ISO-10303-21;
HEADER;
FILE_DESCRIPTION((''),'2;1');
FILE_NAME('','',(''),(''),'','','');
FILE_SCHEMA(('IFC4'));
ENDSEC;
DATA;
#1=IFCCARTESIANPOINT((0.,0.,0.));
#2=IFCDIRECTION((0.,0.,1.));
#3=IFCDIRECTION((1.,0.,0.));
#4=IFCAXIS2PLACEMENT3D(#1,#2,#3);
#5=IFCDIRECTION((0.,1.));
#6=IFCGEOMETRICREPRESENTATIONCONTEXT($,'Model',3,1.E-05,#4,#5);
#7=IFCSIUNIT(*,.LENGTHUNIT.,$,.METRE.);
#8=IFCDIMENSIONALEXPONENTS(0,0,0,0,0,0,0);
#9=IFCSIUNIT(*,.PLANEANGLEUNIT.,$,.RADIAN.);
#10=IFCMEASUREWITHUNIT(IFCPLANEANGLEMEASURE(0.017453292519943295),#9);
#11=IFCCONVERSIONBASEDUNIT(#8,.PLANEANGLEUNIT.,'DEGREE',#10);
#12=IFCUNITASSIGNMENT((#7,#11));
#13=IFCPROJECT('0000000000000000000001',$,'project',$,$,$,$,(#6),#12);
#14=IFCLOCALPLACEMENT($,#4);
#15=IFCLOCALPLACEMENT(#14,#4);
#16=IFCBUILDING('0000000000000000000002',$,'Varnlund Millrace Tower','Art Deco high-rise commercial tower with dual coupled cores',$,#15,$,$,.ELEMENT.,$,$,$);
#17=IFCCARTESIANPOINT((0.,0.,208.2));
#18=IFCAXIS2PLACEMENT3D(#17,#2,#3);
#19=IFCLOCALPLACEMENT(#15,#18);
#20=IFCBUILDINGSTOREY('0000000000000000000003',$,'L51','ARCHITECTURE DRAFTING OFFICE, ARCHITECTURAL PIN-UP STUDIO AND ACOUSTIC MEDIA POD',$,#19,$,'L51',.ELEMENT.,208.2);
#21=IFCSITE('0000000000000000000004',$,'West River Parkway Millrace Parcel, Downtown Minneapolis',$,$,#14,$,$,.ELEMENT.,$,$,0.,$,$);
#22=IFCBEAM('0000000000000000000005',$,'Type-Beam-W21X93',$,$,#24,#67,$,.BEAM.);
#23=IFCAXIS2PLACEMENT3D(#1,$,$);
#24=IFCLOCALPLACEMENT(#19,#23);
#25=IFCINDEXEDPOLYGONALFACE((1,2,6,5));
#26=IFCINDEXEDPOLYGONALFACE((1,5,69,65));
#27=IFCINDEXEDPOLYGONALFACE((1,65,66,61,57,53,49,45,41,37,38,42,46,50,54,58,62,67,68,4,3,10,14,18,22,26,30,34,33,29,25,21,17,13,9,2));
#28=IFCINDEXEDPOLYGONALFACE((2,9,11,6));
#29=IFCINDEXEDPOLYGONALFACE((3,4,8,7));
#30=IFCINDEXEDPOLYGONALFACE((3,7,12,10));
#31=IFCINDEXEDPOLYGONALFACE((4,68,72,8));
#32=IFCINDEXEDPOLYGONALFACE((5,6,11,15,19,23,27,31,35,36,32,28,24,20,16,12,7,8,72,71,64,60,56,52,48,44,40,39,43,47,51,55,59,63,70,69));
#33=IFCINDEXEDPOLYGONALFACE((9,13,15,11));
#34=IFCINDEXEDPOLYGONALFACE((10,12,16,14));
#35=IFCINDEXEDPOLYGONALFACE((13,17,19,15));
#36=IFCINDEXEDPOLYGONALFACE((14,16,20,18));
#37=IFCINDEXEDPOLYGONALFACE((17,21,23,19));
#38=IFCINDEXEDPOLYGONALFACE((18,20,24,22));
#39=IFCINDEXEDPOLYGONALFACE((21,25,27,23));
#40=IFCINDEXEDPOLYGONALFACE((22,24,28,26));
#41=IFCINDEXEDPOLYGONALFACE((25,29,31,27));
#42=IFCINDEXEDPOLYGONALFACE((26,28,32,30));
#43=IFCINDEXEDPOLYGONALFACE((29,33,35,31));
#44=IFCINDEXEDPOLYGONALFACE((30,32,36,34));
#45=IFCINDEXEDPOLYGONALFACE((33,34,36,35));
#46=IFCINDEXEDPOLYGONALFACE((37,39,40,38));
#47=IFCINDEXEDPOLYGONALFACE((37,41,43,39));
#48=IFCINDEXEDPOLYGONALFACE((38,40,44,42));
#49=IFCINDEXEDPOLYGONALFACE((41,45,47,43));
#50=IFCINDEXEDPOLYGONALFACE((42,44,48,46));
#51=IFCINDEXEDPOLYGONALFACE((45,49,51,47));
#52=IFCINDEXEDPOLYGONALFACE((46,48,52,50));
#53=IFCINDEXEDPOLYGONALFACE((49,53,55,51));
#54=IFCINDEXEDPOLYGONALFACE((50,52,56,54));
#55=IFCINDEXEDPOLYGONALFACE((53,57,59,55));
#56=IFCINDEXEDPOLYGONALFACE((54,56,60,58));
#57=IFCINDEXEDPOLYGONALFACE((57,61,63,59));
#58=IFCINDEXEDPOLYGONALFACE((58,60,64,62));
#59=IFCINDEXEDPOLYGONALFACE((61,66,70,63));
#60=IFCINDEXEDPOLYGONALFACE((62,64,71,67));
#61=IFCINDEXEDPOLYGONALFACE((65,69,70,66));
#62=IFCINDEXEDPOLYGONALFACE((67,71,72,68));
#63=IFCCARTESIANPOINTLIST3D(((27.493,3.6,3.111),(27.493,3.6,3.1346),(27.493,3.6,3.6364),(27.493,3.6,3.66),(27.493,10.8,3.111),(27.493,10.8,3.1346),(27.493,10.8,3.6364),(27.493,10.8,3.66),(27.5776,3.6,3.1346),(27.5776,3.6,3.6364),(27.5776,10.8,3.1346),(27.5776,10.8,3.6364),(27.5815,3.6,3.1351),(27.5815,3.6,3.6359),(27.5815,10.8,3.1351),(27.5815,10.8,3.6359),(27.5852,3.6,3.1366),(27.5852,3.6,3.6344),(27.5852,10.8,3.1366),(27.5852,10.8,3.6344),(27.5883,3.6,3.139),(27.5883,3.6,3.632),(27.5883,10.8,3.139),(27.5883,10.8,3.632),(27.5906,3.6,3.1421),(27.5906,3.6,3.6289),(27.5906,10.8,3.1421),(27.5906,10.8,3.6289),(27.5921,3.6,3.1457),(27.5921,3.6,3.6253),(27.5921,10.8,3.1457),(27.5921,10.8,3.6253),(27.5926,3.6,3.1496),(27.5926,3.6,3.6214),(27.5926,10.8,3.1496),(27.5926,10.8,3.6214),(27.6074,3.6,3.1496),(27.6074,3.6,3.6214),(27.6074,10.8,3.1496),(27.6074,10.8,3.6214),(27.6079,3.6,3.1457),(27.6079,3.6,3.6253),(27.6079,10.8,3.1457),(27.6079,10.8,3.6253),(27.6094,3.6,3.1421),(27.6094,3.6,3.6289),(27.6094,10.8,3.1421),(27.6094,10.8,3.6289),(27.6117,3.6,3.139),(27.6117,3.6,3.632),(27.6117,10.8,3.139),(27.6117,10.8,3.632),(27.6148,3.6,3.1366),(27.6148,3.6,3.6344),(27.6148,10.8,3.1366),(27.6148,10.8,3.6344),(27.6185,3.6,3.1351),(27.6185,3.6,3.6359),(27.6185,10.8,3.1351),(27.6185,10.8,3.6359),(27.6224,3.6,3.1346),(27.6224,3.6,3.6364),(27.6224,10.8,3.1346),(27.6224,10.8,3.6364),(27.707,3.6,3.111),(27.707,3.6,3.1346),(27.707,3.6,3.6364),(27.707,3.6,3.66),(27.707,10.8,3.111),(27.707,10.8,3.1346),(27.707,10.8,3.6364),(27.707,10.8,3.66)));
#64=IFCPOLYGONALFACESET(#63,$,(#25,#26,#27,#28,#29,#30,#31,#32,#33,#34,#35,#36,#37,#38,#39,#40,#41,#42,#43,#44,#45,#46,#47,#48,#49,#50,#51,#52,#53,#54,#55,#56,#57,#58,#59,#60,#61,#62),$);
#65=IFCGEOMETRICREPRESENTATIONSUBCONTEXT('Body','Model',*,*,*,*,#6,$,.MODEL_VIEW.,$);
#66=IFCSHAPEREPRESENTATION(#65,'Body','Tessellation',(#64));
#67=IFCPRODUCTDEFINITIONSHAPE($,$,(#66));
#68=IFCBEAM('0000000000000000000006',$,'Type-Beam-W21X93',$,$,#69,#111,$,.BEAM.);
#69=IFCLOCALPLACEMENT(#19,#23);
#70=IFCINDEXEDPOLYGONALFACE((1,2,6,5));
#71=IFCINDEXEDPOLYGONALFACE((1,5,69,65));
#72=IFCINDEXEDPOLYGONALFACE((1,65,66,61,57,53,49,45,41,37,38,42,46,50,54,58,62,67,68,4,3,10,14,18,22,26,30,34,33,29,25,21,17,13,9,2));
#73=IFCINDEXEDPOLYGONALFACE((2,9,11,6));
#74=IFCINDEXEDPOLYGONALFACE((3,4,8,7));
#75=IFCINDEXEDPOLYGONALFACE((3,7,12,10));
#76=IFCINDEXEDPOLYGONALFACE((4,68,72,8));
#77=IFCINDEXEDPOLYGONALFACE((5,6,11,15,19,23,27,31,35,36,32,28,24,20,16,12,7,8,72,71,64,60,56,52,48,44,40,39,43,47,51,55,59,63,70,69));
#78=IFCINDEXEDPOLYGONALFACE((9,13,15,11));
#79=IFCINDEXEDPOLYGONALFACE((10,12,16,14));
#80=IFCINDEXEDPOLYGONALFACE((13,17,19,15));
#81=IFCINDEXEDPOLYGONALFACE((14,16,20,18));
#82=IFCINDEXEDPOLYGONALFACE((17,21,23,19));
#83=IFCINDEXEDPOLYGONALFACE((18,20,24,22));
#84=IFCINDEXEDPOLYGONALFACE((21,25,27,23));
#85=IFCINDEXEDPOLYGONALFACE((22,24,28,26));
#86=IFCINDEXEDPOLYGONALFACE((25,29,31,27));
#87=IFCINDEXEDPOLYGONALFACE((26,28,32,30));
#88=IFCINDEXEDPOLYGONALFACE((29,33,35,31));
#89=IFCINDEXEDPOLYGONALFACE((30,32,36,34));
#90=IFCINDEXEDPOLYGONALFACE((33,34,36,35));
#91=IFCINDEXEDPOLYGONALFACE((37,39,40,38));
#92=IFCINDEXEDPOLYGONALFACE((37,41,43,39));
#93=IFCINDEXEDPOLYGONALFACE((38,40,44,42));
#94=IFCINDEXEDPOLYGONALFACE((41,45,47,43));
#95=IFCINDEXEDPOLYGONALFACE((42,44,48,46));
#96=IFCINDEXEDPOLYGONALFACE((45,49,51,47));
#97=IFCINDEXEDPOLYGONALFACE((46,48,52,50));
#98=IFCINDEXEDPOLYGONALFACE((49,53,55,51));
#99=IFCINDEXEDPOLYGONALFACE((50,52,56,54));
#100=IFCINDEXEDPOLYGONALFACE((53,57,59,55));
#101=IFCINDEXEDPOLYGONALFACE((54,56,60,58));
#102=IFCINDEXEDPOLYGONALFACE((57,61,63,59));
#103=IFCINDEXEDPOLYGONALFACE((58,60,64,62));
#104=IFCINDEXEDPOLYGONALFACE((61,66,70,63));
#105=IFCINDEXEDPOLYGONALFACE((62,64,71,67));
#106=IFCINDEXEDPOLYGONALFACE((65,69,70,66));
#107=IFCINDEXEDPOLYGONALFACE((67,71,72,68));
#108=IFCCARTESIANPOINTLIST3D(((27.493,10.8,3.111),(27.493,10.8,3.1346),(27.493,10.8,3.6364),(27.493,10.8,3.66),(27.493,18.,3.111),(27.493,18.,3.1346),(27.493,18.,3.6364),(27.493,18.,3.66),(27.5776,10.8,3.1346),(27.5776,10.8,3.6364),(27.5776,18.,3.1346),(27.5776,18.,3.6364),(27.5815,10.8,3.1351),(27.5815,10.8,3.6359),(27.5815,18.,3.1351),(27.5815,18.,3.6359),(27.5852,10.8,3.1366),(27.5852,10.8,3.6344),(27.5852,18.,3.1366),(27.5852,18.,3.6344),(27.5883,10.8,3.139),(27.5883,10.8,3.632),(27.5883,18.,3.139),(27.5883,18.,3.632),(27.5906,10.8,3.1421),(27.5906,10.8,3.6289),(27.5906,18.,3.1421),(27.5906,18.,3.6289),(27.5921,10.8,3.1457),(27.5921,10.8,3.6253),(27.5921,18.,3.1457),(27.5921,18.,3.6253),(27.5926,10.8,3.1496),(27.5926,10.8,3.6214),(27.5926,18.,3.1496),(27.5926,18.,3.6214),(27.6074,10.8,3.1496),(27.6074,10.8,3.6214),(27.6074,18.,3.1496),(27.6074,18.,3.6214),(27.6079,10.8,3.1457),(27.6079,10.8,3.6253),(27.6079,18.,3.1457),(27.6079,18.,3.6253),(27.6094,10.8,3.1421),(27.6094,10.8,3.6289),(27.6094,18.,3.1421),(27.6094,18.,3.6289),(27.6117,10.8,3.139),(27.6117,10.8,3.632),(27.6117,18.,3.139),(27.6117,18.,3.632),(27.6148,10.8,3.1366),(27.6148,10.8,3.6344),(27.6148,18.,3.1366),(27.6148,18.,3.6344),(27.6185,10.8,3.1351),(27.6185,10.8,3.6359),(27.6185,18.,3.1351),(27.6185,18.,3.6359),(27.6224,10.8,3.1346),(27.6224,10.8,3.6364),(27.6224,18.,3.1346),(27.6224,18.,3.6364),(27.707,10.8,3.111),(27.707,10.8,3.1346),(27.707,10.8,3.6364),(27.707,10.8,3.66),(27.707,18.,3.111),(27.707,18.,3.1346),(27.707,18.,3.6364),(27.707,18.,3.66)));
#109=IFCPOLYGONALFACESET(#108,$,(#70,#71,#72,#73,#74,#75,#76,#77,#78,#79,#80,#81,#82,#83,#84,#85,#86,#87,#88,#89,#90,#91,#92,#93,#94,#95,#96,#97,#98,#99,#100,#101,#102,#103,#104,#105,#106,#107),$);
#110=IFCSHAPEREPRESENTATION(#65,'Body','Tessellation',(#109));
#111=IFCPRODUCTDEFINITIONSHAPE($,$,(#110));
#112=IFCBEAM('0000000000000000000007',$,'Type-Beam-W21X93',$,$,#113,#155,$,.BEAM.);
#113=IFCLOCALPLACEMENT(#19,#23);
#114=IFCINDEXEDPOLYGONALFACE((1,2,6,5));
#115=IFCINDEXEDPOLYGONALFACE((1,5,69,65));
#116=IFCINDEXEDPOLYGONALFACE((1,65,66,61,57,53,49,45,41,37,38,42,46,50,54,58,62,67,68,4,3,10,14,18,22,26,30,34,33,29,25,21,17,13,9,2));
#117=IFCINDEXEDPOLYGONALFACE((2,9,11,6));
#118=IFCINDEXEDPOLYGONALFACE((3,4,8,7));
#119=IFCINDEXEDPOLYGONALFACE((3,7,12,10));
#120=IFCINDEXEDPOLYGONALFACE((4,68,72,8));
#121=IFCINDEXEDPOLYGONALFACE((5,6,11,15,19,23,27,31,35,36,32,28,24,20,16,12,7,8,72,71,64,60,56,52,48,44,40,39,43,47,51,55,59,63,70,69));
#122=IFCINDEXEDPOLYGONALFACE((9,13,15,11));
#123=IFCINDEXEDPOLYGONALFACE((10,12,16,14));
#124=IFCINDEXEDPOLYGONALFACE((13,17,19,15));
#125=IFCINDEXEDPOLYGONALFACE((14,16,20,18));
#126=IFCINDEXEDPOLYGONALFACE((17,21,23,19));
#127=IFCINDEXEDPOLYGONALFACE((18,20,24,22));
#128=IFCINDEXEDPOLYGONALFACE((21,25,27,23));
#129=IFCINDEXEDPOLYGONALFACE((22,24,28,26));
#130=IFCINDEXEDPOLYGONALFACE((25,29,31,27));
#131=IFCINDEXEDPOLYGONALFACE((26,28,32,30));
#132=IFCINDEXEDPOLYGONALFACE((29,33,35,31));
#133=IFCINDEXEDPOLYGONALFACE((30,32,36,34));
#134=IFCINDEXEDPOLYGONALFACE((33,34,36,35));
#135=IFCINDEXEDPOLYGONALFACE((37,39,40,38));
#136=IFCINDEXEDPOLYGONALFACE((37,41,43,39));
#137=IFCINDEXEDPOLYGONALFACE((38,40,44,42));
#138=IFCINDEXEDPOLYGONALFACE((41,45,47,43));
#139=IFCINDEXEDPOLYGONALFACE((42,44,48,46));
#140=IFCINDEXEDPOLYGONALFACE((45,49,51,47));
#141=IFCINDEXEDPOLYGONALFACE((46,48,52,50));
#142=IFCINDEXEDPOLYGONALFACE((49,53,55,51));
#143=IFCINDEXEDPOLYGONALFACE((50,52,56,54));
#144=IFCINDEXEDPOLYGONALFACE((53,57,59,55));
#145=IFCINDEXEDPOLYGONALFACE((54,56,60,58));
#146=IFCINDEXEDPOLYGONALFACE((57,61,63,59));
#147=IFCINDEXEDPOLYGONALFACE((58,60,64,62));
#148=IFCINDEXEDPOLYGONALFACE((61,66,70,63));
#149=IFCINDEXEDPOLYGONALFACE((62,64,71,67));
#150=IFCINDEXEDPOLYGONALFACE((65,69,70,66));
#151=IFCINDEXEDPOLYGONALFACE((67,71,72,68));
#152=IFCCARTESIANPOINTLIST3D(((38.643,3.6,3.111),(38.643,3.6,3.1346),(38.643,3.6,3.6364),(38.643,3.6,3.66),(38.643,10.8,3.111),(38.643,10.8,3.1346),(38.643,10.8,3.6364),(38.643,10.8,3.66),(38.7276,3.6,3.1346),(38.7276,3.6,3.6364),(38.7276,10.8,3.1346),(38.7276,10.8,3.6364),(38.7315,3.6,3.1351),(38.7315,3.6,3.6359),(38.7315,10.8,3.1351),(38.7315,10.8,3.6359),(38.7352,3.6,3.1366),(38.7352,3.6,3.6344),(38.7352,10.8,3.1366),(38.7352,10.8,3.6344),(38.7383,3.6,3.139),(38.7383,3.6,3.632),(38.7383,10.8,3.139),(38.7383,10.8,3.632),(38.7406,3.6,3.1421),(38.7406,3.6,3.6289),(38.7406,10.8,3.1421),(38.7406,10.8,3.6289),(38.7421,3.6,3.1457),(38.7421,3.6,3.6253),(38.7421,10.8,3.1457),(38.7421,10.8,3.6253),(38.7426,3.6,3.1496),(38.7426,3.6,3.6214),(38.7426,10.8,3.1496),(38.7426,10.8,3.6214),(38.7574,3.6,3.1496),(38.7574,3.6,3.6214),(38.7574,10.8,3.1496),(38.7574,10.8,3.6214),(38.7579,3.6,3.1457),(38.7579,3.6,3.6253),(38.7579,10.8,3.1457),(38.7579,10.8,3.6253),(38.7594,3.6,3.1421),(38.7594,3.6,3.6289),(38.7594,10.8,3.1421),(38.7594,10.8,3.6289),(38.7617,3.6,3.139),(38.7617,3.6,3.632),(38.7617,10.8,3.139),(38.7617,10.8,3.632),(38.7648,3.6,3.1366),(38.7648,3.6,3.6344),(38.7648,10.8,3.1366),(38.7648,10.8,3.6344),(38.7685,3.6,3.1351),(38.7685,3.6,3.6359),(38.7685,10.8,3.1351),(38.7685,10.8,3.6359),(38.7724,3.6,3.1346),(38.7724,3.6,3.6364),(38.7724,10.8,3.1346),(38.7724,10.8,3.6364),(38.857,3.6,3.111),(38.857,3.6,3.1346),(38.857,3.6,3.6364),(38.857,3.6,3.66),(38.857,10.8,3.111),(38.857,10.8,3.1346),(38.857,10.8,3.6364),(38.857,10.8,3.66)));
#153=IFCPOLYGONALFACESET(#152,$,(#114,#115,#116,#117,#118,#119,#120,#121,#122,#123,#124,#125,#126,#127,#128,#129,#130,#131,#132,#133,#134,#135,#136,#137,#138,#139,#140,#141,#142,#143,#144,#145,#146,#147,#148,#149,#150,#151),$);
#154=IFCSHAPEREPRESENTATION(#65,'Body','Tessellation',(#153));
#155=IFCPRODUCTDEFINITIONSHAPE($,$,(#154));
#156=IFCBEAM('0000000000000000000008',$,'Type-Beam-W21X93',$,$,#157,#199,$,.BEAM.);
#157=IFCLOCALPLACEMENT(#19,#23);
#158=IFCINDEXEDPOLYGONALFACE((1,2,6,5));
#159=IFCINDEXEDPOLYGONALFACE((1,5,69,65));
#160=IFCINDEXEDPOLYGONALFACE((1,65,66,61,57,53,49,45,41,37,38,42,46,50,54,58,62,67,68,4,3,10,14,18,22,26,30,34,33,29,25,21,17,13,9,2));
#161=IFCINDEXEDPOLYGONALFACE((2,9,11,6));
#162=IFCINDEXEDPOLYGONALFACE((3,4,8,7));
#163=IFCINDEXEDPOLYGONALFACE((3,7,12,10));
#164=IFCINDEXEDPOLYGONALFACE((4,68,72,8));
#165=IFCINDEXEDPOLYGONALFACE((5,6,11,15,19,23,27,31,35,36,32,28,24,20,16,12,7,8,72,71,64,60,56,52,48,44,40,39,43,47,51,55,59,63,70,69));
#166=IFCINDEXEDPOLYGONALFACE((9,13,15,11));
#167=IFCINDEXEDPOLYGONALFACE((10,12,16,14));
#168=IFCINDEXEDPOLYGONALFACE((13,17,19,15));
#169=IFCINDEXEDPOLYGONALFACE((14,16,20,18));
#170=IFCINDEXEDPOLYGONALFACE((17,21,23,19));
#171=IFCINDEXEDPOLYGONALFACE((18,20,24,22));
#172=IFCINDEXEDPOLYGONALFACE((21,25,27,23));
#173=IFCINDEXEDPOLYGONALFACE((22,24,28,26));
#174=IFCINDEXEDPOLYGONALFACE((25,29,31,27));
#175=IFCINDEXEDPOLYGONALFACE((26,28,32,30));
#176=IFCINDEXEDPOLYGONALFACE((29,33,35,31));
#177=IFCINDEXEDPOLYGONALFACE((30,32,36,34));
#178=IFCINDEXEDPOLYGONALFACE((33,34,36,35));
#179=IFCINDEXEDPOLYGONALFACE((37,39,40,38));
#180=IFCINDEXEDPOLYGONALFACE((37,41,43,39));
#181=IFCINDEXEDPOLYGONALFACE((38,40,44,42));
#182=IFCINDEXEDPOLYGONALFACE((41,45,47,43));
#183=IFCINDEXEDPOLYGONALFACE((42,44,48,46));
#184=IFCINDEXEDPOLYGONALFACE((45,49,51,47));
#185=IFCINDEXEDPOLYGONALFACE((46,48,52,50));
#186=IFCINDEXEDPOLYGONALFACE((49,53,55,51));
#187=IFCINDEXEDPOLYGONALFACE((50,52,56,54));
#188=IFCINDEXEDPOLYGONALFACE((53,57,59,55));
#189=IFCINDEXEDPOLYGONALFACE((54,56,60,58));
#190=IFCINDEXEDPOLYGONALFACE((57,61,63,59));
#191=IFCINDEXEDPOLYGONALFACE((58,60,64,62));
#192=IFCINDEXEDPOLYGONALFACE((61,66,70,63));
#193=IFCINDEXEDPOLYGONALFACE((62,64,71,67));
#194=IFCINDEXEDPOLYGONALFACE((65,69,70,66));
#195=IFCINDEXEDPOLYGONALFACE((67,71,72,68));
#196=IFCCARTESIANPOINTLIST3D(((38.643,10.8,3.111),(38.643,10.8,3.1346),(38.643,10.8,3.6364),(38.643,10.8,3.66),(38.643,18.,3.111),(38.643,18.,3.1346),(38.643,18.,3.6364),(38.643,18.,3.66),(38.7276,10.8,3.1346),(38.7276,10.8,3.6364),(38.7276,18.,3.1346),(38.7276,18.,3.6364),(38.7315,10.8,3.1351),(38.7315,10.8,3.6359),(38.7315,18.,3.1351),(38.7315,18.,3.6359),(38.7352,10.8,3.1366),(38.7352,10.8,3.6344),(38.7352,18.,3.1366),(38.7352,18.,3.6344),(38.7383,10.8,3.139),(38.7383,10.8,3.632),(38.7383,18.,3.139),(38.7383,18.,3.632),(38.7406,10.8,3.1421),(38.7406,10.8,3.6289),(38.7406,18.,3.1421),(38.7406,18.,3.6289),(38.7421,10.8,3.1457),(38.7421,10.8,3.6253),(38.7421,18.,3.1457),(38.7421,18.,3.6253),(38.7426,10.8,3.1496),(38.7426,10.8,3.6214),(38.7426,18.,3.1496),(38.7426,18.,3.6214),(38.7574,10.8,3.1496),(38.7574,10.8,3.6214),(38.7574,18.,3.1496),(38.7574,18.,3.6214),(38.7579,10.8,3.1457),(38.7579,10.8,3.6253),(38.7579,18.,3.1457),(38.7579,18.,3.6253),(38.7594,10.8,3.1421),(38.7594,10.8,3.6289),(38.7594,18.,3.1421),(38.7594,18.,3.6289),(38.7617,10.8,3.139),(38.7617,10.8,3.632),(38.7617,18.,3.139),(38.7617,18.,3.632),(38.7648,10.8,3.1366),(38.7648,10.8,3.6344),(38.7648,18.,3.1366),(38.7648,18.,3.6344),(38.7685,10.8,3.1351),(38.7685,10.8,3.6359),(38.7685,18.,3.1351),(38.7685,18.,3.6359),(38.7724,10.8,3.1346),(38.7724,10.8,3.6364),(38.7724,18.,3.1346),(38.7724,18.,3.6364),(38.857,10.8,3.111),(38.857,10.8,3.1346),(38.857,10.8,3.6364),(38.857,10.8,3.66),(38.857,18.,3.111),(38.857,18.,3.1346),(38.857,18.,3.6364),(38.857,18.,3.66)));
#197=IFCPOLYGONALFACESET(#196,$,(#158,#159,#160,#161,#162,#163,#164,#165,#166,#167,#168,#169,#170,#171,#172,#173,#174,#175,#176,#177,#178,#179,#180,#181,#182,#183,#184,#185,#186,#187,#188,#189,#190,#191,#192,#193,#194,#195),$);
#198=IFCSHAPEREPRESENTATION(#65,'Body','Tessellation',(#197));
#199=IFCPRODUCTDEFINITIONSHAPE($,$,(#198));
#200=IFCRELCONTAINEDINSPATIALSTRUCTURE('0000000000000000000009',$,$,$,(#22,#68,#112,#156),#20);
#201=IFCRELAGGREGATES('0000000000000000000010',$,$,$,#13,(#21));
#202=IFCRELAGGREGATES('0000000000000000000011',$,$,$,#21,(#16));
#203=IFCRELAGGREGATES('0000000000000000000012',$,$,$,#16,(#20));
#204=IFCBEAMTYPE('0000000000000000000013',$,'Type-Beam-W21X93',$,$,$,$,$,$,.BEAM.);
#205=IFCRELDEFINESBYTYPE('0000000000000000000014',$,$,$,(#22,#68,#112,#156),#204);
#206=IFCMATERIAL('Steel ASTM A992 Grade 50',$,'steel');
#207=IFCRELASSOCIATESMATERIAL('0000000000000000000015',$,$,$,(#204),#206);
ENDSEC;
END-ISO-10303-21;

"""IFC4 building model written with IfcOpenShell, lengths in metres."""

from ifc_helpers import new_model, entity, si_unit, converted_unit, direction, frame, origin_with_axes, origin_2d_with_axis, place, context, subcontext, project, spatial, i_section, extrude, material, material_profile, profile_set, type_object, element, save


model = new_model("IFC4")

# Units and contexts
model_context = context("Model", 3, precision=1e-05, world=origin_with_axes(), true_north=direction((0.0, 1.0)))
body_context = subcontext(model_context, "Body", "Model", "MODEL_VIEW")
ifc_project = project(units=[si_unit("LENGTHUNIT", "METRE"), converted_unit("PLANEANGLEUNIT", "DEGREE", entity("IfcPlaneAngleMeasure", 0.017453292519943295), si_unit("PLANEANGLEUNIT", "RADIAN"), dimensions=[0, 0, 0, 0, 0, 0, 0])], contexts=[model_context])

# Site, building, storey
site_placement = place(None, origin_with_axes())
site = spatial("IfcSite", under=ifc_project, at=site_placement, Name="West River Parkway Millrace Parcel, Downtown Minneapolis", CompositionType="ELEMENT", RefElevation=0.0)
building_placement = place(site_placement, origin_with_axes())
building = spatial("IfcBuilding", under=site, at=building_placement, Name="Varnlund Millrace Tower", Description="Art Deco high-rise commercial tower with dual coupled cores", CompositionType="ELEMENT")
storey_placement = place(building_placement, frame((0.0, 0.0, 208.2), z_axis=(0.0, 0.0, 1.0), x_axis=(1.0, 0.0, 0.0)))
storey = spatial("IfcBuildingStorey", under=building, at=storey_placement, Name="L51", Description="ARCHITECTURE DRAFTING OFFICE, ARCHITECTURAL PIN-UP STUDIO AND ACOUSTIC MEDIA POD", LongName="L51", CompositionType="ELEMENT", Elevation=208.2)

# Beams
ifc_material_1 = material(Name="Steel ASTM A992 Grade 50", Category="steel")
ifc_material_profile_1 = material_profile(ifc_material_1, i_section(OverallWidth=0.214, OverallDepth=0.549, WebThickness=0.0147, FlangeThickness=0.0236, FilletRadius=0.015, at=origin_2d_with_axis()), Name="Steel ASTM A992 Grade 50")
ifc_profile_set_1 = profile_set([ifc_material_profile_1], Name="Steel ASTM A992 Grade 50")
beam_type_1 = type_object("IfcBeamType", Name="Type-Beam-W21X93", PredefinedType="BEAM", material=ifc_profile_set_1)
for number, where, z_axis, x_axis, name in (
    (1, (27.6, 3.6, 3.3855), (0.0, 1.0, 0.0), (-1.0, 0.0, 0.0), "Type-Beam-W21X93"),
    (2, (27.6, 10.8, 3.3855), (0.0, 1.0, 0.0), (-1.0, 0.0, 0.0), "Type-Beam-W21X93"),
    (3, (38.75, 3.6, 3.3855), (0.0, 1.0, 0.0), (-1.0, 0.0, 0.0), "Type-Beam-W21X93"),
    (4, (38.75, 10.8, 3.3855), (0.0, 1.0, 0.0), (-1.0, 0.0, 0.0), "Type-Beam-W21X93"),
):
    element("IfcBeam", number, at=place(storey_placement, frame(where, z_axis=z_axis, x_axis=x_axis)), inside=storey, type_object=beam_type_1, Name=name, PredefinedType="BEAM", context=body_context, shape_type="SweptSolid", body=[
        extrude(i_section(OverallWidth=0.214, OverallDepth=0.549, WebThickness=0.0147, FlangeThickness=0.0236, FilletRadius=0.015, at=origin_2d_with_axis()), origin_with_axes(), (0.0, 0.0, 1.0), 7.2),
    ])

save(model, "model.ifc")
